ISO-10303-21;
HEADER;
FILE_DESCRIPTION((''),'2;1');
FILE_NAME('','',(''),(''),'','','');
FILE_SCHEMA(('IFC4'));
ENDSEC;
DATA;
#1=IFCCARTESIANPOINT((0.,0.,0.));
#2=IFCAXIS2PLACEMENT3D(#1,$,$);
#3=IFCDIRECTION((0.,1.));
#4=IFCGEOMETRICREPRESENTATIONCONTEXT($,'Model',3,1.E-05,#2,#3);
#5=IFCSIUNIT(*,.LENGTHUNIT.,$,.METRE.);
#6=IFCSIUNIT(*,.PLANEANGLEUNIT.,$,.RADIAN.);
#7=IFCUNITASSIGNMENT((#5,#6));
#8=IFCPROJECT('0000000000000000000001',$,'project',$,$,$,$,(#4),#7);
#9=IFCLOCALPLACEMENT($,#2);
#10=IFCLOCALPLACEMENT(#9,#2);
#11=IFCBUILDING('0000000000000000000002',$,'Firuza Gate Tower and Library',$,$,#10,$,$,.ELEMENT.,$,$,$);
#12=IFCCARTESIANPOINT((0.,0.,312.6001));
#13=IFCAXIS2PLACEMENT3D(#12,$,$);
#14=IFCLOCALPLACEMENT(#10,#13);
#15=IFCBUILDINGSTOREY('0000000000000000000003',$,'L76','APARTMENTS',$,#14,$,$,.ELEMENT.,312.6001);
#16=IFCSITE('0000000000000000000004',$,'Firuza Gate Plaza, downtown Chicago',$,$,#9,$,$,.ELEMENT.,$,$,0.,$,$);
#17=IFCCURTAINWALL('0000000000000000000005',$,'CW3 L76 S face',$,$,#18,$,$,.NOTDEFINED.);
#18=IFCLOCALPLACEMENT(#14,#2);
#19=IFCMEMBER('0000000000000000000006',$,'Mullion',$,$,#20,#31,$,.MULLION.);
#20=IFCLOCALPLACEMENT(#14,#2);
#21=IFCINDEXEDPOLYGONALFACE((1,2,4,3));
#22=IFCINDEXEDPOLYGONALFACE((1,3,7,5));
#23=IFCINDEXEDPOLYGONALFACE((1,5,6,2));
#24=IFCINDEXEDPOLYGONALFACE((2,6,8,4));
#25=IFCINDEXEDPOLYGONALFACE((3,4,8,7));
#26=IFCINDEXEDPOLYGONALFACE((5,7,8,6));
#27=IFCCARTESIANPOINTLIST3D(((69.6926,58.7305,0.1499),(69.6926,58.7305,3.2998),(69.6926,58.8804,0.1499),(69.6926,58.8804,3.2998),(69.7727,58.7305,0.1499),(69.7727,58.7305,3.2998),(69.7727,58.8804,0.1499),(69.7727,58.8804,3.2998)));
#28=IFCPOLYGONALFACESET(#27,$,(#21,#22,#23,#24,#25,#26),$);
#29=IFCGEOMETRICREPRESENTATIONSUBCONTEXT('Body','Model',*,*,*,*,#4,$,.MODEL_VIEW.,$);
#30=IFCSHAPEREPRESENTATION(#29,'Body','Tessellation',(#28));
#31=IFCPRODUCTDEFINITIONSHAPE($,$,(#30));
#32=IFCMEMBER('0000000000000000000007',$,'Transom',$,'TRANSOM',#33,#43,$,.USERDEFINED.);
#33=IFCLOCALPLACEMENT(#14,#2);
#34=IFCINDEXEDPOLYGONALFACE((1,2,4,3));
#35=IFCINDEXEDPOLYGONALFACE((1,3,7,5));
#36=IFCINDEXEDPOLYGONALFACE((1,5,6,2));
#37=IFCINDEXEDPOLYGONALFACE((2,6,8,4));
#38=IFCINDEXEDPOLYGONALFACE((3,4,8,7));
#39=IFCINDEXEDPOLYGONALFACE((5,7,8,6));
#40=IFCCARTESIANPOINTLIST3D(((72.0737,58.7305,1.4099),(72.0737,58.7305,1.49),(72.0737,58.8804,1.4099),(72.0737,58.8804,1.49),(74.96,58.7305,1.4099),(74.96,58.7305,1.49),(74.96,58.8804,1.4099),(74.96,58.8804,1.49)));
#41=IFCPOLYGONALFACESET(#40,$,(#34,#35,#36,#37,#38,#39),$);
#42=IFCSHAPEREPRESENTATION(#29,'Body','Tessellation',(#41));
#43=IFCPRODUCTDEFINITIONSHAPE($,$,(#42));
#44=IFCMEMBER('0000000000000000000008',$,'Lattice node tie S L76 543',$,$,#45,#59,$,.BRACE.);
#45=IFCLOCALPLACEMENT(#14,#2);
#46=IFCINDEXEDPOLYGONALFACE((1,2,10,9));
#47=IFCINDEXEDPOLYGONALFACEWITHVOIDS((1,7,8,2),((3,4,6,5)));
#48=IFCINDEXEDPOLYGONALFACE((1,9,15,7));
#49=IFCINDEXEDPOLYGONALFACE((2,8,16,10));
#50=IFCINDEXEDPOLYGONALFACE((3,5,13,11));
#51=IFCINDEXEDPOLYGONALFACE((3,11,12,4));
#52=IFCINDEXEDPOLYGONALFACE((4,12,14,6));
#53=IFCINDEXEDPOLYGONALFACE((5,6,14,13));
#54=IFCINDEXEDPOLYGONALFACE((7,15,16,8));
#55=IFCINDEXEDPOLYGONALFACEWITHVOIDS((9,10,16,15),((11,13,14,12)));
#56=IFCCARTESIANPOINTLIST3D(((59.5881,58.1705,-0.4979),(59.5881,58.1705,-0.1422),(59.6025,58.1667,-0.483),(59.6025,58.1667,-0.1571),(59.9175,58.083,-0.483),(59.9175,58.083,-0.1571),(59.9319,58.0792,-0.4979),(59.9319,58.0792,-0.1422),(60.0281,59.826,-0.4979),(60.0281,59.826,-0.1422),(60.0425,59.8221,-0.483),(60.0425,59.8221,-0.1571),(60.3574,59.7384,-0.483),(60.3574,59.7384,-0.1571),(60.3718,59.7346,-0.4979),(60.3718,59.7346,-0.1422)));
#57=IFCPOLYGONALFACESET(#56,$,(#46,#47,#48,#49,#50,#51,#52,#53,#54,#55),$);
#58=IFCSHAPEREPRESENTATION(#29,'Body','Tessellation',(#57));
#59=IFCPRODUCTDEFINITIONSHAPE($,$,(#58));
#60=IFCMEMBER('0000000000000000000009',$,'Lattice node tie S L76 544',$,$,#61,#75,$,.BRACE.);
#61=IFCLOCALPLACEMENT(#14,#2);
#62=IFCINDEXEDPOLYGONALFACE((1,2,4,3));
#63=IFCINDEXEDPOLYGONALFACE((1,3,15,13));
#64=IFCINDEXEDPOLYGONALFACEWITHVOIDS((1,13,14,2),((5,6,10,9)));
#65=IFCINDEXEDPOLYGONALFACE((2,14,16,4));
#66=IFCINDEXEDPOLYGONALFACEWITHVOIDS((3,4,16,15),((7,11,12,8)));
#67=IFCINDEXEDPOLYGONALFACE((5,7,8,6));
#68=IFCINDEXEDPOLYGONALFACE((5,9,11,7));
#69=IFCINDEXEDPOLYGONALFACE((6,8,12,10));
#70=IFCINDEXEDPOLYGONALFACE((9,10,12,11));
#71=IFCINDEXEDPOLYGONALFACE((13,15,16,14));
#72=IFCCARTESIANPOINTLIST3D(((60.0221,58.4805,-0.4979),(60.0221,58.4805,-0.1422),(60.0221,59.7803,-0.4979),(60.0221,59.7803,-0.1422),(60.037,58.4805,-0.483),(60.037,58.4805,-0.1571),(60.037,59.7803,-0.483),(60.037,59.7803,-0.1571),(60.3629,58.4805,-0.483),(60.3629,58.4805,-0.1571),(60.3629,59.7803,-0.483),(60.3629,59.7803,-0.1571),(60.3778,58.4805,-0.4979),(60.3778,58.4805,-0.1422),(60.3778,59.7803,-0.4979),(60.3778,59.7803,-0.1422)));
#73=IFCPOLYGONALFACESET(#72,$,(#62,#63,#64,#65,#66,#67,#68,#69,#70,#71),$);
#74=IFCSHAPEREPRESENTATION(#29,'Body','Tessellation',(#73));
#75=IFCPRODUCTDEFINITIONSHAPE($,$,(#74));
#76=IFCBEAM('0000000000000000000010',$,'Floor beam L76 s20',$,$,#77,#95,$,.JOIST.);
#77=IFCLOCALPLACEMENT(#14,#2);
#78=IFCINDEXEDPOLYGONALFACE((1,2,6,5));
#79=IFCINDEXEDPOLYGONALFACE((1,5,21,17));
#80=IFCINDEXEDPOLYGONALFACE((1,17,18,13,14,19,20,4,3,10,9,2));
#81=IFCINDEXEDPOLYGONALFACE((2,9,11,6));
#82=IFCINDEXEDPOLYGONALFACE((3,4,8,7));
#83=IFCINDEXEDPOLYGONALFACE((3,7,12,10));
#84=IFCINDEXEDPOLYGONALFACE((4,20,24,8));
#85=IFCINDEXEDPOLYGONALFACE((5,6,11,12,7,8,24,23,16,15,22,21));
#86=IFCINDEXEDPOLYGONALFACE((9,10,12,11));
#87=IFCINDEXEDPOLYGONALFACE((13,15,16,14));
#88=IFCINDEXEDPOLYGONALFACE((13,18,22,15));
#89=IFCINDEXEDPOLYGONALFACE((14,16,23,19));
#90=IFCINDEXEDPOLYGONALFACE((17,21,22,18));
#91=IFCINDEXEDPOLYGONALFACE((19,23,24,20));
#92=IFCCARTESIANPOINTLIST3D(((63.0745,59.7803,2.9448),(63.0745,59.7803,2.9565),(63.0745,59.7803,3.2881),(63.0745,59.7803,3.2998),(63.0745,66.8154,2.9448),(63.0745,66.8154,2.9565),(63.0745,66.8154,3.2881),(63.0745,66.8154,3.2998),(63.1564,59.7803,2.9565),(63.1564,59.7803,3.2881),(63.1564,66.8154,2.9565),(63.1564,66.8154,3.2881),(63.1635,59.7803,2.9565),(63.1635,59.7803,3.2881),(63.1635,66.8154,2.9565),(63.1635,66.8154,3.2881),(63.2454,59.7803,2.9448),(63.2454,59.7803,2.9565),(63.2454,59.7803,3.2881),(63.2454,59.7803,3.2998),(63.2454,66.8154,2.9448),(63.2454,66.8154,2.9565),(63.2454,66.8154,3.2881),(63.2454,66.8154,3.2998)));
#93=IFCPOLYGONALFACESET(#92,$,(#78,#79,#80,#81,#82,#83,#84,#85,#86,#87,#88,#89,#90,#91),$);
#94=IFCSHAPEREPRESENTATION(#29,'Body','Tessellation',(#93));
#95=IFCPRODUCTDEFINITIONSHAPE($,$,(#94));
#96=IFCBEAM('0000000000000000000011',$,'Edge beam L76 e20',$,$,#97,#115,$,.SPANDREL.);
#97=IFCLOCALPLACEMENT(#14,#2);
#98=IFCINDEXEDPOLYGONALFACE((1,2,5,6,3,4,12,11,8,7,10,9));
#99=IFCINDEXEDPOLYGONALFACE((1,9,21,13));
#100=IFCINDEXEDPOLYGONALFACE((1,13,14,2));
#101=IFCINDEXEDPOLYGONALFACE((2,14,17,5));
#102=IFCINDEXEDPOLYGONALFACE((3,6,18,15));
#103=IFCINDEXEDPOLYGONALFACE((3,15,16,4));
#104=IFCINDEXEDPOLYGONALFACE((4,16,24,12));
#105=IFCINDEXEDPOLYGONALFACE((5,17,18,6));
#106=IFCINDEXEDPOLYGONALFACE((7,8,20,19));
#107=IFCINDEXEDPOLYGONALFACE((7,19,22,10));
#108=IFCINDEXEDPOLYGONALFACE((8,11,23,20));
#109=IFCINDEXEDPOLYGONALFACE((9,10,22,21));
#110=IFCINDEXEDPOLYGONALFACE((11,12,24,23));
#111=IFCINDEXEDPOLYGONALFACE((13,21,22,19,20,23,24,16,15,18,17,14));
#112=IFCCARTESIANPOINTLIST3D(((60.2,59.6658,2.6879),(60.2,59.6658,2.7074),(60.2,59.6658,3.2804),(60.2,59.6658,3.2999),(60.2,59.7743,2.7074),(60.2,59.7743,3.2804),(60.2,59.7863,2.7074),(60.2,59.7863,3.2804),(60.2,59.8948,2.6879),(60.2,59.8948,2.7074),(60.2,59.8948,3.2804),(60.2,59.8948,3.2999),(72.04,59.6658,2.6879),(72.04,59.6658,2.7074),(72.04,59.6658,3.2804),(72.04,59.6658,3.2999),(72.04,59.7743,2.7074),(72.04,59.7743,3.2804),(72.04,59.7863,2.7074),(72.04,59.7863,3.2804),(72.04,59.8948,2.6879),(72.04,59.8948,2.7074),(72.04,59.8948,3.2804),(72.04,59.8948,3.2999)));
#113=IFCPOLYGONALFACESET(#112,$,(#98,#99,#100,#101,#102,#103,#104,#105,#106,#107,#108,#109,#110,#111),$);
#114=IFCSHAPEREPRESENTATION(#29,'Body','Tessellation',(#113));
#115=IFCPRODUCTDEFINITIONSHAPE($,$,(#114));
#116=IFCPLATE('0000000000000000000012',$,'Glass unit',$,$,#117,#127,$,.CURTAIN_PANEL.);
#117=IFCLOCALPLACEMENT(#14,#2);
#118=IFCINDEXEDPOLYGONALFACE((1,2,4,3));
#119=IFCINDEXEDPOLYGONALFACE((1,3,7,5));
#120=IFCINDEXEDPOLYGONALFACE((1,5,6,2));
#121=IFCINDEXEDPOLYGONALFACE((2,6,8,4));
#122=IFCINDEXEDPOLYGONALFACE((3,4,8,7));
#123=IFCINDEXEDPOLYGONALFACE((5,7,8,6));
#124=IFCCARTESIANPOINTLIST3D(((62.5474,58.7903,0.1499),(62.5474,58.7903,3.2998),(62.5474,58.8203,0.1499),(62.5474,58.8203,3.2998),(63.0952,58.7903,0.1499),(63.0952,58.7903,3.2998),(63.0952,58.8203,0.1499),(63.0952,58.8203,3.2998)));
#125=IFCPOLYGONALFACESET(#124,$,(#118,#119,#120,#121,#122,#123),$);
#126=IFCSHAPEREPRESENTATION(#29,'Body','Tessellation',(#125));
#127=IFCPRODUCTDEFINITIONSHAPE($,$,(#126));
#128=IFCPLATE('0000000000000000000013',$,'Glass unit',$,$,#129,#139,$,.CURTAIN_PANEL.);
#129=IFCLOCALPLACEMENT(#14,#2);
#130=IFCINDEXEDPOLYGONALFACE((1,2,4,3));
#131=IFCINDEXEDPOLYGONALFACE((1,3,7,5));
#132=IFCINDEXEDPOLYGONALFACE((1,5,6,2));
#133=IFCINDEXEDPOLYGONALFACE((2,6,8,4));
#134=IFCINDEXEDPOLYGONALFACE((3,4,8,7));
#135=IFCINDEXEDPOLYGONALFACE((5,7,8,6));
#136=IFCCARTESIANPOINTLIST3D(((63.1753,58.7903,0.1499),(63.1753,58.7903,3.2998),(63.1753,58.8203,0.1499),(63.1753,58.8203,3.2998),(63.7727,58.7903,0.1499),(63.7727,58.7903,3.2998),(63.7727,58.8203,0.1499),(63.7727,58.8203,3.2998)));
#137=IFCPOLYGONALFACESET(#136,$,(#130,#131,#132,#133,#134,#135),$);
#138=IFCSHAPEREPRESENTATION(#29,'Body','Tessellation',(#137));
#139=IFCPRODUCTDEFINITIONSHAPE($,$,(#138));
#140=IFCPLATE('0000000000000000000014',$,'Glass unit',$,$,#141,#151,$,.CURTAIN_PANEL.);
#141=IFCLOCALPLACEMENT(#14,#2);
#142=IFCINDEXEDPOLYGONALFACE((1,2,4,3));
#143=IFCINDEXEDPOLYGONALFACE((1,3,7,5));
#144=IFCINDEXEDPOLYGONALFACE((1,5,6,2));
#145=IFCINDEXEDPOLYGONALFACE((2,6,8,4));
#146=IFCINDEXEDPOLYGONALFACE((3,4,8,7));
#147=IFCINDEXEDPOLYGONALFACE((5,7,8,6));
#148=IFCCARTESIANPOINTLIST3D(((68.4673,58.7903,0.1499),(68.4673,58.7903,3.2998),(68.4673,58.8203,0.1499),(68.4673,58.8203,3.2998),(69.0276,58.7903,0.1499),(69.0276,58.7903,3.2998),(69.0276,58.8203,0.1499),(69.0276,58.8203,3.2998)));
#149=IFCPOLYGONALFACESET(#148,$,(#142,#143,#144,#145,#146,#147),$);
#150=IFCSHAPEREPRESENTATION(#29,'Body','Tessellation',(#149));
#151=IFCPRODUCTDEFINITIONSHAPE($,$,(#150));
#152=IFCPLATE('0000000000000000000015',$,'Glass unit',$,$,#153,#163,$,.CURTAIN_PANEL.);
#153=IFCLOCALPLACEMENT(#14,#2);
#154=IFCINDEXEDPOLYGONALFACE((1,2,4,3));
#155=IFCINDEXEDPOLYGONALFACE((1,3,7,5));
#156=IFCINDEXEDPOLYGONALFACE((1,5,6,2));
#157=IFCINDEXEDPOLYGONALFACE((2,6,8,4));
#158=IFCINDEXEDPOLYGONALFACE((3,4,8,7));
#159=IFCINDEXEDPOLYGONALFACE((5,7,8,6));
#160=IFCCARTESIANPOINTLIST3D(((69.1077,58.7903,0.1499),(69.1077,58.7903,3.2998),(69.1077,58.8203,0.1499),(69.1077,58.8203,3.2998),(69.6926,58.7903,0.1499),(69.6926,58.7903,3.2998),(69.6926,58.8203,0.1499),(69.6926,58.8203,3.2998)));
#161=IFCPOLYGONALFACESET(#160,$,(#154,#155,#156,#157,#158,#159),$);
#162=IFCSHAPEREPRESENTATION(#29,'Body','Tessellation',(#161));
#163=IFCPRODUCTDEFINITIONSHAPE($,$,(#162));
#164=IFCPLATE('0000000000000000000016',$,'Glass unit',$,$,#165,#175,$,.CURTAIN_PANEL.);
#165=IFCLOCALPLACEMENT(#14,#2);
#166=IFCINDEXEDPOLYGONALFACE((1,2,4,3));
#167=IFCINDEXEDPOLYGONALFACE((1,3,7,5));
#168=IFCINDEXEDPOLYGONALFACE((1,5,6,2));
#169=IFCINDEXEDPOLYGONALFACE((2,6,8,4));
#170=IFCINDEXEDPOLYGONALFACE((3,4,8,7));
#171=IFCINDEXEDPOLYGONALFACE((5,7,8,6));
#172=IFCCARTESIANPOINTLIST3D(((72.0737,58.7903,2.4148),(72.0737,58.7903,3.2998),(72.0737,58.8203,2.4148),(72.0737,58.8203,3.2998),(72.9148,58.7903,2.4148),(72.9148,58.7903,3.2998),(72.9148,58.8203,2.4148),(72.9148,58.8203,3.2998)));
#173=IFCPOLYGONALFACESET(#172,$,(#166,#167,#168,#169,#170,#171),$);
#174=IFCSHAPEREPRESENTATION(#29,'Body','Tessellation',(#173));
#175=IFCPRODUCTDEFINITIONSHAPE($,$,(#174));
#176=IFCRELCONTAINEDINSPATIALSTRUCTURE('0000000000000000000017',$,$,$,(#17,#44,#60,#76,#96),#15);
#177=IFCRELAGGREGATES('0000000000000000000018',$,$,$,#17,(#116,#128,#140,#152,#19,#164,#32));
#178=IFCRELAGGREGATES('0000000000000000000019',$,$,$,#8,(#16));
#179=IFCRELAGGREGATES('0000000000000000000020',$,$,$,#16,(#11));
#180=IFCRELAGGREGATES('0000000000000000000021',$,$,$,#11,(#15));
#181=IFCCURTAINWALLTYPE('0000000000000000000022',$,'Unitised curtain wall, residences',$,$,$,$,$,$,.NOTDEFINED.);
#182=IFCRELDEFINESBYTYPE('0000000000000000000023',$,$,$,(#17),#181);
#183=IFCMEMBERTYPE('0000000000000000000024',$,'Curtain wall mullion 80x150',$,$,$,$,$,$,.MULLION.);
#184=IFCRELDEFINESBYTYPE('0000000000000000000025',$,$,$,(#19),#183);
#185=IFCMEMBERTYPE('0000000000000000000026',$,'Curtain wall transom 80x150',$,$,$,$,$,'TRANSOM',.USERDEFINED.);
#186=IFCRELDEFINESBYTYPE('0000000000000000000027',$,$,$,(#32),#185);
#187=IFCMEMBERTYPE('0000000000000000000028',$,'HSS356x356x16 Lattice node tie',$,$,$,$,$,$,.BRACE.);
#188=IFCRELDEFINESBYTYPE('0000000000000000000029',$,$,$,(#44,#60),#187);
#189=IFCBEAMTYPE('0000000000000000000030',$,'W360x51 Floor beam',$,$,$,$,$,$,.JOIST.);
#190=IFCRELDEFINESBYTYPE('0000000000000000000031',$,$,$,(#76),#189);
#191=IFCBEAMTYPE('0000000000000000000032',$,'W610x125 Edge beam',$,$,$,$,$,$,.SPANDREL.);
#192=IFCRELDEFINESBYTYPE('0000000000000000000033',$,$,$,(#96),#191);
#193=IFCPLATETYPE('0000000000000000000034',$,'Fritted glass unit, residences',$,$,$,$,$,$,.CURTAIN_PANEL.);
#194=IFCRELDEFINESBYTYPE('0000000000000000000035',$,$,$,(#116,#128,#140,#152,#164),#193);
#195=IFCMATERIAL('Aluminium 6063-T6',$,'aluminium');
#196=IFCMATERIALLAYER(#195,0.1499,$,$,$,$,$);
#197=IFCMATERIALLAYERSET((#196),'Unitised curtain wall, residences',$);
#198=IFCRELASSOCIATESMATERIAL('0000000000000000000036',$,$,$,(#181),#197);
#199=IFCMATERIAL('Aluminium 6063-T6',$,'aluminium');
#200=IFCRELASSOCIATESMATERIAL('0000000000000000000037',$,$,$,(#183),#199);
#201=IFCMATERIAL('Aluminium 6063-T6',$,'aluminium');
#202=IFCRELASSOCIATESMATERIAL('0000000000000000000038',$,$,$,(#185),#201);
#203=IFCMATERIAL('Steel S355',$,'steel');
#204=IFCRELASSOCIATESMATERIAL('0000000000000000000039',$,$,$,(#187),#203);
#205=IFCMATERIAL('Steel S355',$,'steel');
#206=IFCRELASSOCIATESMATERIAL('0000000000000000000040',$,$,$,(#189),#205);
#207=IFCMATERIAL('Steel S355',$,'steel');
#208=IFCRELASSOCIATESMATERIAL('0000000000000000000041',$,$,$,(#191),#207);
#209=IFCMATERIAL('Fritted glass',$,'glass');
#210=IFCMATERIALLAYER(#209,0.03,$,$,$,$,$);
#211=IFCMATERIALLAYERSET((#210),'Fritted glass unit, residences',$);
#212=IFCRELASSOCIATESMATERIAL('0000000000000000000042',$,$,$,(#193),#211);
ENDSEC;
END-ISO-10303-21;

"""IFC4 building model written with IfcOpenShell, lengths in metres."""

from ifc_helpers import new_model, si_unit, direction, frame, origin, origin_2d, place, context, subcontext, project, spatial, polyline, rectangle, hollow_rectangle, i_section, outline, extrude, material, layer, layer_set, material_profile, profile_set, type_object, element, aggregate, save


model = new_model("IFC4")

# Units and contexts
model_context = context("Model", 3, precision=1e-05, world=origin(), true_north=direction((0.0, 1.0)))
body_context = subcontext(model_context, "Body", "Model", "MODEL_VIEW")
ifc_project = project(units=[si_unit("LENGTHUNIT", "METRE"), si_unit("PLANEANGLEUNIT", "RADIAN")], contexts=[model_context])

# Site, building, storey
site_placement = place(None, origin())
site = spatial("IfcSite", under=ifc_project, at=site_placement, Name="Firuza Gate Plaza, downtown Chicago", CompositionType="ELEMENT", RefElevation=0.0)
building_placement = place(site_placement, origin())
building = spatial("IfcBuilding", under=site, at=building_placement, Name="Firuza Gate Tower and Library", CompositionType="ELEMENT")
storey_placement = place(building_placement, frame((0.0, 0.0, 312.6001)))
storey = spatial("IfcBuildingStorey", under=building, at=storey_placement, Name="L76", Description="APARTMENTS", CompositionType="ELEMENT", Elevation=312.6001)

# Curtain wall, members
ifc_material_1 = material(Name="Aluminium 6063-T6", Category="aluminium")
ifc_layer_1 = layer(ifc_material_1, 0.1499)
ifc_layer_set_1 = layer_set([ifc_layer_1], Name="Unitised curtain wall, residences")
curtain_wall_type = type_object("IfcCurtainWallType", Name="Unitised curtain wall, residences", PredefinedType="NOTDEFINED", material=ifc_layer_set_1)
curtain_wall_placement = place(storey_placement, origin())
curtain_wall = element("IfcCurtainWall", 1, at=curtain_wall_placement, inside=storey, type_object=curtain_wall_type, Name="CW3 L76 S face", PredefinedType="NOTDEFINED")
ifc_material_2 = material(Name="Aluminium 6063-T6", Category="aluminium")
ifc_material_profile_1 = material_profile(ifc_material_2, rectangle(XDim=0.1499, YDim=0.0801, at=origin_2d()))
ifc_profile_set_1 = profile_set([ifc_material_profile_1], Name="Aluminium 6063-T6")
member_type_1 = type_object("IfcMemberType", Name="Curtain wall mullion 80x150", PredefinedType="MULLION", material=ifc_profile_set_1)
member_1_placement = place(storey_placement, frame((69.7327, 58.8054, 0.1499), z_axis=(0.0, 0.0, 1.0), x_axis=(0.0, 1.0, 0.0)))
member_1 = element("IfcMember", 2, at=member_1_placement, type_object=member_type_1, Name="Mullion", PredefinedType="MULLION", context=body_context, shape_type="SweptSolid", body=[
    extrude(rectangle(XDim=0.1499, YDim=0.0801, at=origin_2d()), origin(), (0.0, 0.0, 1.0), 3.1499),
])
ifc_material_3 = material(Name="Aluminium 6063-T6", Category="aluminium")
ifc_material_profile_2 = material_profile(ifc_material_3, rectangle(XDim=0.1499, YDim=0.0801, at=origin_2d()))
ifc_profile_set_2 = profile_set([ifc_material_profile_2], Name="Aluminium 6063-T6")
member_type_2 = type_object("IfcMemberType", Name="Curtain wall transom 80x150", ElementType="TRANSOM", PredefinedType="USERDEFINED", material=ifc_profile_set_2)
member_2_placement = place(storey_placement, frame((72.0737, 58.8054, 1.45), z_axis=(1.0, 0.0, 0.0), x_axis=(0.0, 1.0, 0.0)))
member_2 = element("IfcMember", 3, at=member_2_placement, type_object=member_type_2, Name="Transom", ObjectType="TRANSOM", PredefinedType="USERDEFINED", context=body_context, shape_type="SweptSolid", body=[
    extrude(rectangle(XDim=0.1499, YDim=0.0801, at=origin_2d()), origin(), (0.0, 0.0, 1.0), 2.8862),
])

# Members
ifc_material_4 = material(Name="Steel S355", Category="steel")
ifc_material_profile_3 = material_profile(ifc_material_4, hollow_rectangle(XDim=0.3557, YDim=0.3557, WallThickness=0.0149, at=origin_2d()))
ifc_profile_set_3 = profile_set([ifc_material_profile_3], Name="Steel S355")
member_type_3 = type_object("IfcMemberType", Name="HSS356x356x16 Lattice node tie", PredefinedType="BRACE", material=ifc_profile_set_3)
member_3_placement = place(storey_placement, frame((60.2, 59.7803, -0.3201), z_axis=(-0.256829, -0.966457, 0.0), x_axis=(0.966457, -0.256829, 0.0)))
element("IfcMember", 4, at=member_3_placement, inside=storey, type_object=member_type_3, Name="Lattice node tie S L76 543", PredefinedType="BRACE", context=body_context, shape_type="SweptSolid", body=[
    extrude(hollow_rectangle(XDim=0.3557, YDim=0.3557, WallThickness=0.0149, at=origin_2d()), origin(), (0.0, 0.0, 1.0), 1.7129),
])
member_4_placement = place(storey_placement, frame((60.2, 59.7803, -0.3201), z_axis=(0.0, -1.0, 0.0), x_axis=(1.0, 0.0, 0.0)))
element("IfcMember", 5, at=member_4_placement, inside=storey, type_object=member_type_3, Name="Lattice node tie S L76 544", PredefinedType="BRACE", context=body_context, shape_type="SweptSolid", body=[
    extrude(hollow_rectangle(XDim=0.3557, YDim=0.3557, WallThickness=0.0149, at=origin_2d()), origin(), (0.0, 0.0, 1.0), 1.2998),
])

# Beams
ifc_material_5 = material(Name="Steel S355", Category="steel")
ifc_material_profile_4 = material_profile(ifc_material_5, i_section(OverallWidth=0.1709, OverallDepth=0.355, WebThickness=0.0071, FlangeThickness=0.0117, at=origin_2d()))
ifc_profile_set_4 = profile_set([ifc_material_profile_4], Name="Steel S355")
beam_type_1 = type_object("IfcBeamType", Name="W360x51 Floor beam", PredefinedType="JOIST", material=ifc_profile_set_4)
beam_1_placement = place(storey_placement, frame((63.1599, 59.7803, 3.1223), z_axis=(0.0, 1.0, 0.0), x_axis=(-1.0, 0.0, 0.0)))
element("IfcBeam", 6, at=beam_1_placement, inside=storey, type_object=beam_type_1, Name="Floor beam L76 s20", PredefinedType="JOIST", context=body_context, shape_type="SweptSolid", body=[
    extrude(i_section(OverallWidth=0.1709, OverallDepth=0.355, WebThickness=0.0071, FlangeThickness=0.0117, at=origin_2d()), origin(), (0.0, 0.0, 1.0), 7.0352),
])
ifc_material_6 = material(Name="Steel S355", Category="steel")
ifc_material_profile_5 = material_profile(ifc_material_6, i_section(OverallWidth=0.229, OverallDepth=0.6121, WebThickness=0.012, FlangeThickness=0.0195, at=origin_2d()))
ifc_profile_set_5 = profile_set([ifc_material_profile_5], Name="Steel S355")
beam_type_2 = type_object("IfcBeamType", Name="W610x125 Edge beam", PredefinedType="SPANDREL", material=ifc_profile_set_5)
beam_2_placement = place(storey_placement, frame((60.2, 59.7803, 2.9939), z_axis=(1.0, 0.0, 0.0), x_axis=(0.0, 1.0, 0.0)))
element("IfcBeam", 7, at=beam_2_placement, inside=storey, type_object=beam_type_2, Name="Edge beam L76 e20", PredefinedType="SPANDREL", context=body_context, shape_type="SweptSolid", body=[
    extrude(i_section(OverallWidth=0.229, OverallDepth=0.6121, WebThickness=0.012, FlangeThickness=0.0195, at=origin_2d()), origin(), (0.0, 0.0, 1.0), 11.8401),
])

# Plates
ifc_material_7 = material(Name="Fritted glass", Category="glass")
ifc_layer_2 = layer(ifc_material_7, 0.03)
ifc_layer_set_2 = layer_set([ifc_layer_2], Name="Fritted glass unit, residences")
plate_type_1 = type_object("IfcPlateType", Name="Fritted glass unit, residences", PredefinedType="CURTAIN_PANEL", material=ifc_layer_set_2)
plate_1_placement = place(storey_placement, frame((62.5474, 58.7903, 0.1499), z_axis=(0.0, -1.0, 0.0), x_axis=(1.0, 0.0, 0.0)))
plate_1 = element("IfcPlate", 8, at=plate_1_placement, type_object=plate_type_1, Name="Glass unit", PredefinedType="CURTAIN_PANEL", context=body_context, shape_type="SweptSolid", body=[
    extrude(outline(polyline([(0.0, 0.0), (0.5479, 0.0), (0.5479, 3.1499), (0.0, 3.1499), (0.0, 0.0)])), origin(), (0.0, 0.0, -1.0), 0.03),
])
plate_2_placement = place(storey_placement, frame((63.1753, 58.7903, 0.1499), z_axis=(0.0, -1.0, 0.0), x_axis=(1.0, 0.0, 0.0)))
plate_2 = element("IfcPlate", 9, at=plate_2_placement, type_object=plate_type_1, Name="Glass unit", PredefinedType="CURTAIN_PANEL", context=body_context, shape_type="SweptSolid", body=[
    extrude(outline(polyline([(0.0, 0.0), (0.5974, 0.0), (0.5974, 3.1499), (0.0, 3.1499), (0.0, 0.0)])), origin(), (0.0, 0.0, -1.0), 0.03),
])
plate_3_placement = place(storey_placement, frame((68.4673, 58.7903, 0.1499), z_axis=(0.0, -1.0, 0.0), x_axis=(1.0, 0.0, 0.0)))
plate_3 = element("IfcPlate", 10, at=plate_3_placement, type_object=plate_type_1, Name="Glass unit", PredefinedType="CURTAIN_PANEL", context=body_context, shape_type="SweptSolid", body=[
    extrude(outline(polyline([(0.0, 0.0), (0.5603, 0.0), (0.5603, 3.1499), (0.0, 3.1499), (0.0, 0.0)])), origin(), (0.0, 0.0, -1.0), 0.03),
])
plate_4_placement = place(storey_placement, frame((69.1077, 58.7903, 0.1499), z_axis=(0.0, -1.0, 0.0), x_axis=(1.0, 0.0, 0.0)))
plate_4 = element("IfcPlate", 11, at=plate_4_placement, type_object=plate_type_1, Name="Glass unit", PredefinedType="CURTAIN_PANEL", context=body_context, shape_type="SweptSolid", body=[
    extrude(outline(polyline([(0.0, 0.0), (0.585, 0.0), (0.585, 3.1499), (0.0, 3.1499), (0.0, 0.0)])), origin(), (0.0, 0.0, -1.0), 0.03),
])
plate_5_placement = place(storey_placement, frame((72.0737, 58.7903, 2.4148), z_axis=(0.0, -1.0, 0.0), x_axis=(1.0, 0.0, 0.0)))
plate_5 = element("IfcPlate", 12, at=plate_5_placement, type_object=plate_type_1, Name="Glass unit", PredefinedType="CURTAIN_PANEL", context=body_context, shape_type="SweptSolid", body=[
    extrude(outline(polyline([(0.0, 0.0), (0.8411, 0.0), (0.8411, 0.885), (0.0, 0.885), (0.0, 0.0)])), origin(), (0.0, 0.0, -1.0), 0.03),
])
aggregate(curtain_wall, [plate_1, plate_2, plate_3, plate_4, member_1, plate_5, member_2])

save(model, "model.ifc")
